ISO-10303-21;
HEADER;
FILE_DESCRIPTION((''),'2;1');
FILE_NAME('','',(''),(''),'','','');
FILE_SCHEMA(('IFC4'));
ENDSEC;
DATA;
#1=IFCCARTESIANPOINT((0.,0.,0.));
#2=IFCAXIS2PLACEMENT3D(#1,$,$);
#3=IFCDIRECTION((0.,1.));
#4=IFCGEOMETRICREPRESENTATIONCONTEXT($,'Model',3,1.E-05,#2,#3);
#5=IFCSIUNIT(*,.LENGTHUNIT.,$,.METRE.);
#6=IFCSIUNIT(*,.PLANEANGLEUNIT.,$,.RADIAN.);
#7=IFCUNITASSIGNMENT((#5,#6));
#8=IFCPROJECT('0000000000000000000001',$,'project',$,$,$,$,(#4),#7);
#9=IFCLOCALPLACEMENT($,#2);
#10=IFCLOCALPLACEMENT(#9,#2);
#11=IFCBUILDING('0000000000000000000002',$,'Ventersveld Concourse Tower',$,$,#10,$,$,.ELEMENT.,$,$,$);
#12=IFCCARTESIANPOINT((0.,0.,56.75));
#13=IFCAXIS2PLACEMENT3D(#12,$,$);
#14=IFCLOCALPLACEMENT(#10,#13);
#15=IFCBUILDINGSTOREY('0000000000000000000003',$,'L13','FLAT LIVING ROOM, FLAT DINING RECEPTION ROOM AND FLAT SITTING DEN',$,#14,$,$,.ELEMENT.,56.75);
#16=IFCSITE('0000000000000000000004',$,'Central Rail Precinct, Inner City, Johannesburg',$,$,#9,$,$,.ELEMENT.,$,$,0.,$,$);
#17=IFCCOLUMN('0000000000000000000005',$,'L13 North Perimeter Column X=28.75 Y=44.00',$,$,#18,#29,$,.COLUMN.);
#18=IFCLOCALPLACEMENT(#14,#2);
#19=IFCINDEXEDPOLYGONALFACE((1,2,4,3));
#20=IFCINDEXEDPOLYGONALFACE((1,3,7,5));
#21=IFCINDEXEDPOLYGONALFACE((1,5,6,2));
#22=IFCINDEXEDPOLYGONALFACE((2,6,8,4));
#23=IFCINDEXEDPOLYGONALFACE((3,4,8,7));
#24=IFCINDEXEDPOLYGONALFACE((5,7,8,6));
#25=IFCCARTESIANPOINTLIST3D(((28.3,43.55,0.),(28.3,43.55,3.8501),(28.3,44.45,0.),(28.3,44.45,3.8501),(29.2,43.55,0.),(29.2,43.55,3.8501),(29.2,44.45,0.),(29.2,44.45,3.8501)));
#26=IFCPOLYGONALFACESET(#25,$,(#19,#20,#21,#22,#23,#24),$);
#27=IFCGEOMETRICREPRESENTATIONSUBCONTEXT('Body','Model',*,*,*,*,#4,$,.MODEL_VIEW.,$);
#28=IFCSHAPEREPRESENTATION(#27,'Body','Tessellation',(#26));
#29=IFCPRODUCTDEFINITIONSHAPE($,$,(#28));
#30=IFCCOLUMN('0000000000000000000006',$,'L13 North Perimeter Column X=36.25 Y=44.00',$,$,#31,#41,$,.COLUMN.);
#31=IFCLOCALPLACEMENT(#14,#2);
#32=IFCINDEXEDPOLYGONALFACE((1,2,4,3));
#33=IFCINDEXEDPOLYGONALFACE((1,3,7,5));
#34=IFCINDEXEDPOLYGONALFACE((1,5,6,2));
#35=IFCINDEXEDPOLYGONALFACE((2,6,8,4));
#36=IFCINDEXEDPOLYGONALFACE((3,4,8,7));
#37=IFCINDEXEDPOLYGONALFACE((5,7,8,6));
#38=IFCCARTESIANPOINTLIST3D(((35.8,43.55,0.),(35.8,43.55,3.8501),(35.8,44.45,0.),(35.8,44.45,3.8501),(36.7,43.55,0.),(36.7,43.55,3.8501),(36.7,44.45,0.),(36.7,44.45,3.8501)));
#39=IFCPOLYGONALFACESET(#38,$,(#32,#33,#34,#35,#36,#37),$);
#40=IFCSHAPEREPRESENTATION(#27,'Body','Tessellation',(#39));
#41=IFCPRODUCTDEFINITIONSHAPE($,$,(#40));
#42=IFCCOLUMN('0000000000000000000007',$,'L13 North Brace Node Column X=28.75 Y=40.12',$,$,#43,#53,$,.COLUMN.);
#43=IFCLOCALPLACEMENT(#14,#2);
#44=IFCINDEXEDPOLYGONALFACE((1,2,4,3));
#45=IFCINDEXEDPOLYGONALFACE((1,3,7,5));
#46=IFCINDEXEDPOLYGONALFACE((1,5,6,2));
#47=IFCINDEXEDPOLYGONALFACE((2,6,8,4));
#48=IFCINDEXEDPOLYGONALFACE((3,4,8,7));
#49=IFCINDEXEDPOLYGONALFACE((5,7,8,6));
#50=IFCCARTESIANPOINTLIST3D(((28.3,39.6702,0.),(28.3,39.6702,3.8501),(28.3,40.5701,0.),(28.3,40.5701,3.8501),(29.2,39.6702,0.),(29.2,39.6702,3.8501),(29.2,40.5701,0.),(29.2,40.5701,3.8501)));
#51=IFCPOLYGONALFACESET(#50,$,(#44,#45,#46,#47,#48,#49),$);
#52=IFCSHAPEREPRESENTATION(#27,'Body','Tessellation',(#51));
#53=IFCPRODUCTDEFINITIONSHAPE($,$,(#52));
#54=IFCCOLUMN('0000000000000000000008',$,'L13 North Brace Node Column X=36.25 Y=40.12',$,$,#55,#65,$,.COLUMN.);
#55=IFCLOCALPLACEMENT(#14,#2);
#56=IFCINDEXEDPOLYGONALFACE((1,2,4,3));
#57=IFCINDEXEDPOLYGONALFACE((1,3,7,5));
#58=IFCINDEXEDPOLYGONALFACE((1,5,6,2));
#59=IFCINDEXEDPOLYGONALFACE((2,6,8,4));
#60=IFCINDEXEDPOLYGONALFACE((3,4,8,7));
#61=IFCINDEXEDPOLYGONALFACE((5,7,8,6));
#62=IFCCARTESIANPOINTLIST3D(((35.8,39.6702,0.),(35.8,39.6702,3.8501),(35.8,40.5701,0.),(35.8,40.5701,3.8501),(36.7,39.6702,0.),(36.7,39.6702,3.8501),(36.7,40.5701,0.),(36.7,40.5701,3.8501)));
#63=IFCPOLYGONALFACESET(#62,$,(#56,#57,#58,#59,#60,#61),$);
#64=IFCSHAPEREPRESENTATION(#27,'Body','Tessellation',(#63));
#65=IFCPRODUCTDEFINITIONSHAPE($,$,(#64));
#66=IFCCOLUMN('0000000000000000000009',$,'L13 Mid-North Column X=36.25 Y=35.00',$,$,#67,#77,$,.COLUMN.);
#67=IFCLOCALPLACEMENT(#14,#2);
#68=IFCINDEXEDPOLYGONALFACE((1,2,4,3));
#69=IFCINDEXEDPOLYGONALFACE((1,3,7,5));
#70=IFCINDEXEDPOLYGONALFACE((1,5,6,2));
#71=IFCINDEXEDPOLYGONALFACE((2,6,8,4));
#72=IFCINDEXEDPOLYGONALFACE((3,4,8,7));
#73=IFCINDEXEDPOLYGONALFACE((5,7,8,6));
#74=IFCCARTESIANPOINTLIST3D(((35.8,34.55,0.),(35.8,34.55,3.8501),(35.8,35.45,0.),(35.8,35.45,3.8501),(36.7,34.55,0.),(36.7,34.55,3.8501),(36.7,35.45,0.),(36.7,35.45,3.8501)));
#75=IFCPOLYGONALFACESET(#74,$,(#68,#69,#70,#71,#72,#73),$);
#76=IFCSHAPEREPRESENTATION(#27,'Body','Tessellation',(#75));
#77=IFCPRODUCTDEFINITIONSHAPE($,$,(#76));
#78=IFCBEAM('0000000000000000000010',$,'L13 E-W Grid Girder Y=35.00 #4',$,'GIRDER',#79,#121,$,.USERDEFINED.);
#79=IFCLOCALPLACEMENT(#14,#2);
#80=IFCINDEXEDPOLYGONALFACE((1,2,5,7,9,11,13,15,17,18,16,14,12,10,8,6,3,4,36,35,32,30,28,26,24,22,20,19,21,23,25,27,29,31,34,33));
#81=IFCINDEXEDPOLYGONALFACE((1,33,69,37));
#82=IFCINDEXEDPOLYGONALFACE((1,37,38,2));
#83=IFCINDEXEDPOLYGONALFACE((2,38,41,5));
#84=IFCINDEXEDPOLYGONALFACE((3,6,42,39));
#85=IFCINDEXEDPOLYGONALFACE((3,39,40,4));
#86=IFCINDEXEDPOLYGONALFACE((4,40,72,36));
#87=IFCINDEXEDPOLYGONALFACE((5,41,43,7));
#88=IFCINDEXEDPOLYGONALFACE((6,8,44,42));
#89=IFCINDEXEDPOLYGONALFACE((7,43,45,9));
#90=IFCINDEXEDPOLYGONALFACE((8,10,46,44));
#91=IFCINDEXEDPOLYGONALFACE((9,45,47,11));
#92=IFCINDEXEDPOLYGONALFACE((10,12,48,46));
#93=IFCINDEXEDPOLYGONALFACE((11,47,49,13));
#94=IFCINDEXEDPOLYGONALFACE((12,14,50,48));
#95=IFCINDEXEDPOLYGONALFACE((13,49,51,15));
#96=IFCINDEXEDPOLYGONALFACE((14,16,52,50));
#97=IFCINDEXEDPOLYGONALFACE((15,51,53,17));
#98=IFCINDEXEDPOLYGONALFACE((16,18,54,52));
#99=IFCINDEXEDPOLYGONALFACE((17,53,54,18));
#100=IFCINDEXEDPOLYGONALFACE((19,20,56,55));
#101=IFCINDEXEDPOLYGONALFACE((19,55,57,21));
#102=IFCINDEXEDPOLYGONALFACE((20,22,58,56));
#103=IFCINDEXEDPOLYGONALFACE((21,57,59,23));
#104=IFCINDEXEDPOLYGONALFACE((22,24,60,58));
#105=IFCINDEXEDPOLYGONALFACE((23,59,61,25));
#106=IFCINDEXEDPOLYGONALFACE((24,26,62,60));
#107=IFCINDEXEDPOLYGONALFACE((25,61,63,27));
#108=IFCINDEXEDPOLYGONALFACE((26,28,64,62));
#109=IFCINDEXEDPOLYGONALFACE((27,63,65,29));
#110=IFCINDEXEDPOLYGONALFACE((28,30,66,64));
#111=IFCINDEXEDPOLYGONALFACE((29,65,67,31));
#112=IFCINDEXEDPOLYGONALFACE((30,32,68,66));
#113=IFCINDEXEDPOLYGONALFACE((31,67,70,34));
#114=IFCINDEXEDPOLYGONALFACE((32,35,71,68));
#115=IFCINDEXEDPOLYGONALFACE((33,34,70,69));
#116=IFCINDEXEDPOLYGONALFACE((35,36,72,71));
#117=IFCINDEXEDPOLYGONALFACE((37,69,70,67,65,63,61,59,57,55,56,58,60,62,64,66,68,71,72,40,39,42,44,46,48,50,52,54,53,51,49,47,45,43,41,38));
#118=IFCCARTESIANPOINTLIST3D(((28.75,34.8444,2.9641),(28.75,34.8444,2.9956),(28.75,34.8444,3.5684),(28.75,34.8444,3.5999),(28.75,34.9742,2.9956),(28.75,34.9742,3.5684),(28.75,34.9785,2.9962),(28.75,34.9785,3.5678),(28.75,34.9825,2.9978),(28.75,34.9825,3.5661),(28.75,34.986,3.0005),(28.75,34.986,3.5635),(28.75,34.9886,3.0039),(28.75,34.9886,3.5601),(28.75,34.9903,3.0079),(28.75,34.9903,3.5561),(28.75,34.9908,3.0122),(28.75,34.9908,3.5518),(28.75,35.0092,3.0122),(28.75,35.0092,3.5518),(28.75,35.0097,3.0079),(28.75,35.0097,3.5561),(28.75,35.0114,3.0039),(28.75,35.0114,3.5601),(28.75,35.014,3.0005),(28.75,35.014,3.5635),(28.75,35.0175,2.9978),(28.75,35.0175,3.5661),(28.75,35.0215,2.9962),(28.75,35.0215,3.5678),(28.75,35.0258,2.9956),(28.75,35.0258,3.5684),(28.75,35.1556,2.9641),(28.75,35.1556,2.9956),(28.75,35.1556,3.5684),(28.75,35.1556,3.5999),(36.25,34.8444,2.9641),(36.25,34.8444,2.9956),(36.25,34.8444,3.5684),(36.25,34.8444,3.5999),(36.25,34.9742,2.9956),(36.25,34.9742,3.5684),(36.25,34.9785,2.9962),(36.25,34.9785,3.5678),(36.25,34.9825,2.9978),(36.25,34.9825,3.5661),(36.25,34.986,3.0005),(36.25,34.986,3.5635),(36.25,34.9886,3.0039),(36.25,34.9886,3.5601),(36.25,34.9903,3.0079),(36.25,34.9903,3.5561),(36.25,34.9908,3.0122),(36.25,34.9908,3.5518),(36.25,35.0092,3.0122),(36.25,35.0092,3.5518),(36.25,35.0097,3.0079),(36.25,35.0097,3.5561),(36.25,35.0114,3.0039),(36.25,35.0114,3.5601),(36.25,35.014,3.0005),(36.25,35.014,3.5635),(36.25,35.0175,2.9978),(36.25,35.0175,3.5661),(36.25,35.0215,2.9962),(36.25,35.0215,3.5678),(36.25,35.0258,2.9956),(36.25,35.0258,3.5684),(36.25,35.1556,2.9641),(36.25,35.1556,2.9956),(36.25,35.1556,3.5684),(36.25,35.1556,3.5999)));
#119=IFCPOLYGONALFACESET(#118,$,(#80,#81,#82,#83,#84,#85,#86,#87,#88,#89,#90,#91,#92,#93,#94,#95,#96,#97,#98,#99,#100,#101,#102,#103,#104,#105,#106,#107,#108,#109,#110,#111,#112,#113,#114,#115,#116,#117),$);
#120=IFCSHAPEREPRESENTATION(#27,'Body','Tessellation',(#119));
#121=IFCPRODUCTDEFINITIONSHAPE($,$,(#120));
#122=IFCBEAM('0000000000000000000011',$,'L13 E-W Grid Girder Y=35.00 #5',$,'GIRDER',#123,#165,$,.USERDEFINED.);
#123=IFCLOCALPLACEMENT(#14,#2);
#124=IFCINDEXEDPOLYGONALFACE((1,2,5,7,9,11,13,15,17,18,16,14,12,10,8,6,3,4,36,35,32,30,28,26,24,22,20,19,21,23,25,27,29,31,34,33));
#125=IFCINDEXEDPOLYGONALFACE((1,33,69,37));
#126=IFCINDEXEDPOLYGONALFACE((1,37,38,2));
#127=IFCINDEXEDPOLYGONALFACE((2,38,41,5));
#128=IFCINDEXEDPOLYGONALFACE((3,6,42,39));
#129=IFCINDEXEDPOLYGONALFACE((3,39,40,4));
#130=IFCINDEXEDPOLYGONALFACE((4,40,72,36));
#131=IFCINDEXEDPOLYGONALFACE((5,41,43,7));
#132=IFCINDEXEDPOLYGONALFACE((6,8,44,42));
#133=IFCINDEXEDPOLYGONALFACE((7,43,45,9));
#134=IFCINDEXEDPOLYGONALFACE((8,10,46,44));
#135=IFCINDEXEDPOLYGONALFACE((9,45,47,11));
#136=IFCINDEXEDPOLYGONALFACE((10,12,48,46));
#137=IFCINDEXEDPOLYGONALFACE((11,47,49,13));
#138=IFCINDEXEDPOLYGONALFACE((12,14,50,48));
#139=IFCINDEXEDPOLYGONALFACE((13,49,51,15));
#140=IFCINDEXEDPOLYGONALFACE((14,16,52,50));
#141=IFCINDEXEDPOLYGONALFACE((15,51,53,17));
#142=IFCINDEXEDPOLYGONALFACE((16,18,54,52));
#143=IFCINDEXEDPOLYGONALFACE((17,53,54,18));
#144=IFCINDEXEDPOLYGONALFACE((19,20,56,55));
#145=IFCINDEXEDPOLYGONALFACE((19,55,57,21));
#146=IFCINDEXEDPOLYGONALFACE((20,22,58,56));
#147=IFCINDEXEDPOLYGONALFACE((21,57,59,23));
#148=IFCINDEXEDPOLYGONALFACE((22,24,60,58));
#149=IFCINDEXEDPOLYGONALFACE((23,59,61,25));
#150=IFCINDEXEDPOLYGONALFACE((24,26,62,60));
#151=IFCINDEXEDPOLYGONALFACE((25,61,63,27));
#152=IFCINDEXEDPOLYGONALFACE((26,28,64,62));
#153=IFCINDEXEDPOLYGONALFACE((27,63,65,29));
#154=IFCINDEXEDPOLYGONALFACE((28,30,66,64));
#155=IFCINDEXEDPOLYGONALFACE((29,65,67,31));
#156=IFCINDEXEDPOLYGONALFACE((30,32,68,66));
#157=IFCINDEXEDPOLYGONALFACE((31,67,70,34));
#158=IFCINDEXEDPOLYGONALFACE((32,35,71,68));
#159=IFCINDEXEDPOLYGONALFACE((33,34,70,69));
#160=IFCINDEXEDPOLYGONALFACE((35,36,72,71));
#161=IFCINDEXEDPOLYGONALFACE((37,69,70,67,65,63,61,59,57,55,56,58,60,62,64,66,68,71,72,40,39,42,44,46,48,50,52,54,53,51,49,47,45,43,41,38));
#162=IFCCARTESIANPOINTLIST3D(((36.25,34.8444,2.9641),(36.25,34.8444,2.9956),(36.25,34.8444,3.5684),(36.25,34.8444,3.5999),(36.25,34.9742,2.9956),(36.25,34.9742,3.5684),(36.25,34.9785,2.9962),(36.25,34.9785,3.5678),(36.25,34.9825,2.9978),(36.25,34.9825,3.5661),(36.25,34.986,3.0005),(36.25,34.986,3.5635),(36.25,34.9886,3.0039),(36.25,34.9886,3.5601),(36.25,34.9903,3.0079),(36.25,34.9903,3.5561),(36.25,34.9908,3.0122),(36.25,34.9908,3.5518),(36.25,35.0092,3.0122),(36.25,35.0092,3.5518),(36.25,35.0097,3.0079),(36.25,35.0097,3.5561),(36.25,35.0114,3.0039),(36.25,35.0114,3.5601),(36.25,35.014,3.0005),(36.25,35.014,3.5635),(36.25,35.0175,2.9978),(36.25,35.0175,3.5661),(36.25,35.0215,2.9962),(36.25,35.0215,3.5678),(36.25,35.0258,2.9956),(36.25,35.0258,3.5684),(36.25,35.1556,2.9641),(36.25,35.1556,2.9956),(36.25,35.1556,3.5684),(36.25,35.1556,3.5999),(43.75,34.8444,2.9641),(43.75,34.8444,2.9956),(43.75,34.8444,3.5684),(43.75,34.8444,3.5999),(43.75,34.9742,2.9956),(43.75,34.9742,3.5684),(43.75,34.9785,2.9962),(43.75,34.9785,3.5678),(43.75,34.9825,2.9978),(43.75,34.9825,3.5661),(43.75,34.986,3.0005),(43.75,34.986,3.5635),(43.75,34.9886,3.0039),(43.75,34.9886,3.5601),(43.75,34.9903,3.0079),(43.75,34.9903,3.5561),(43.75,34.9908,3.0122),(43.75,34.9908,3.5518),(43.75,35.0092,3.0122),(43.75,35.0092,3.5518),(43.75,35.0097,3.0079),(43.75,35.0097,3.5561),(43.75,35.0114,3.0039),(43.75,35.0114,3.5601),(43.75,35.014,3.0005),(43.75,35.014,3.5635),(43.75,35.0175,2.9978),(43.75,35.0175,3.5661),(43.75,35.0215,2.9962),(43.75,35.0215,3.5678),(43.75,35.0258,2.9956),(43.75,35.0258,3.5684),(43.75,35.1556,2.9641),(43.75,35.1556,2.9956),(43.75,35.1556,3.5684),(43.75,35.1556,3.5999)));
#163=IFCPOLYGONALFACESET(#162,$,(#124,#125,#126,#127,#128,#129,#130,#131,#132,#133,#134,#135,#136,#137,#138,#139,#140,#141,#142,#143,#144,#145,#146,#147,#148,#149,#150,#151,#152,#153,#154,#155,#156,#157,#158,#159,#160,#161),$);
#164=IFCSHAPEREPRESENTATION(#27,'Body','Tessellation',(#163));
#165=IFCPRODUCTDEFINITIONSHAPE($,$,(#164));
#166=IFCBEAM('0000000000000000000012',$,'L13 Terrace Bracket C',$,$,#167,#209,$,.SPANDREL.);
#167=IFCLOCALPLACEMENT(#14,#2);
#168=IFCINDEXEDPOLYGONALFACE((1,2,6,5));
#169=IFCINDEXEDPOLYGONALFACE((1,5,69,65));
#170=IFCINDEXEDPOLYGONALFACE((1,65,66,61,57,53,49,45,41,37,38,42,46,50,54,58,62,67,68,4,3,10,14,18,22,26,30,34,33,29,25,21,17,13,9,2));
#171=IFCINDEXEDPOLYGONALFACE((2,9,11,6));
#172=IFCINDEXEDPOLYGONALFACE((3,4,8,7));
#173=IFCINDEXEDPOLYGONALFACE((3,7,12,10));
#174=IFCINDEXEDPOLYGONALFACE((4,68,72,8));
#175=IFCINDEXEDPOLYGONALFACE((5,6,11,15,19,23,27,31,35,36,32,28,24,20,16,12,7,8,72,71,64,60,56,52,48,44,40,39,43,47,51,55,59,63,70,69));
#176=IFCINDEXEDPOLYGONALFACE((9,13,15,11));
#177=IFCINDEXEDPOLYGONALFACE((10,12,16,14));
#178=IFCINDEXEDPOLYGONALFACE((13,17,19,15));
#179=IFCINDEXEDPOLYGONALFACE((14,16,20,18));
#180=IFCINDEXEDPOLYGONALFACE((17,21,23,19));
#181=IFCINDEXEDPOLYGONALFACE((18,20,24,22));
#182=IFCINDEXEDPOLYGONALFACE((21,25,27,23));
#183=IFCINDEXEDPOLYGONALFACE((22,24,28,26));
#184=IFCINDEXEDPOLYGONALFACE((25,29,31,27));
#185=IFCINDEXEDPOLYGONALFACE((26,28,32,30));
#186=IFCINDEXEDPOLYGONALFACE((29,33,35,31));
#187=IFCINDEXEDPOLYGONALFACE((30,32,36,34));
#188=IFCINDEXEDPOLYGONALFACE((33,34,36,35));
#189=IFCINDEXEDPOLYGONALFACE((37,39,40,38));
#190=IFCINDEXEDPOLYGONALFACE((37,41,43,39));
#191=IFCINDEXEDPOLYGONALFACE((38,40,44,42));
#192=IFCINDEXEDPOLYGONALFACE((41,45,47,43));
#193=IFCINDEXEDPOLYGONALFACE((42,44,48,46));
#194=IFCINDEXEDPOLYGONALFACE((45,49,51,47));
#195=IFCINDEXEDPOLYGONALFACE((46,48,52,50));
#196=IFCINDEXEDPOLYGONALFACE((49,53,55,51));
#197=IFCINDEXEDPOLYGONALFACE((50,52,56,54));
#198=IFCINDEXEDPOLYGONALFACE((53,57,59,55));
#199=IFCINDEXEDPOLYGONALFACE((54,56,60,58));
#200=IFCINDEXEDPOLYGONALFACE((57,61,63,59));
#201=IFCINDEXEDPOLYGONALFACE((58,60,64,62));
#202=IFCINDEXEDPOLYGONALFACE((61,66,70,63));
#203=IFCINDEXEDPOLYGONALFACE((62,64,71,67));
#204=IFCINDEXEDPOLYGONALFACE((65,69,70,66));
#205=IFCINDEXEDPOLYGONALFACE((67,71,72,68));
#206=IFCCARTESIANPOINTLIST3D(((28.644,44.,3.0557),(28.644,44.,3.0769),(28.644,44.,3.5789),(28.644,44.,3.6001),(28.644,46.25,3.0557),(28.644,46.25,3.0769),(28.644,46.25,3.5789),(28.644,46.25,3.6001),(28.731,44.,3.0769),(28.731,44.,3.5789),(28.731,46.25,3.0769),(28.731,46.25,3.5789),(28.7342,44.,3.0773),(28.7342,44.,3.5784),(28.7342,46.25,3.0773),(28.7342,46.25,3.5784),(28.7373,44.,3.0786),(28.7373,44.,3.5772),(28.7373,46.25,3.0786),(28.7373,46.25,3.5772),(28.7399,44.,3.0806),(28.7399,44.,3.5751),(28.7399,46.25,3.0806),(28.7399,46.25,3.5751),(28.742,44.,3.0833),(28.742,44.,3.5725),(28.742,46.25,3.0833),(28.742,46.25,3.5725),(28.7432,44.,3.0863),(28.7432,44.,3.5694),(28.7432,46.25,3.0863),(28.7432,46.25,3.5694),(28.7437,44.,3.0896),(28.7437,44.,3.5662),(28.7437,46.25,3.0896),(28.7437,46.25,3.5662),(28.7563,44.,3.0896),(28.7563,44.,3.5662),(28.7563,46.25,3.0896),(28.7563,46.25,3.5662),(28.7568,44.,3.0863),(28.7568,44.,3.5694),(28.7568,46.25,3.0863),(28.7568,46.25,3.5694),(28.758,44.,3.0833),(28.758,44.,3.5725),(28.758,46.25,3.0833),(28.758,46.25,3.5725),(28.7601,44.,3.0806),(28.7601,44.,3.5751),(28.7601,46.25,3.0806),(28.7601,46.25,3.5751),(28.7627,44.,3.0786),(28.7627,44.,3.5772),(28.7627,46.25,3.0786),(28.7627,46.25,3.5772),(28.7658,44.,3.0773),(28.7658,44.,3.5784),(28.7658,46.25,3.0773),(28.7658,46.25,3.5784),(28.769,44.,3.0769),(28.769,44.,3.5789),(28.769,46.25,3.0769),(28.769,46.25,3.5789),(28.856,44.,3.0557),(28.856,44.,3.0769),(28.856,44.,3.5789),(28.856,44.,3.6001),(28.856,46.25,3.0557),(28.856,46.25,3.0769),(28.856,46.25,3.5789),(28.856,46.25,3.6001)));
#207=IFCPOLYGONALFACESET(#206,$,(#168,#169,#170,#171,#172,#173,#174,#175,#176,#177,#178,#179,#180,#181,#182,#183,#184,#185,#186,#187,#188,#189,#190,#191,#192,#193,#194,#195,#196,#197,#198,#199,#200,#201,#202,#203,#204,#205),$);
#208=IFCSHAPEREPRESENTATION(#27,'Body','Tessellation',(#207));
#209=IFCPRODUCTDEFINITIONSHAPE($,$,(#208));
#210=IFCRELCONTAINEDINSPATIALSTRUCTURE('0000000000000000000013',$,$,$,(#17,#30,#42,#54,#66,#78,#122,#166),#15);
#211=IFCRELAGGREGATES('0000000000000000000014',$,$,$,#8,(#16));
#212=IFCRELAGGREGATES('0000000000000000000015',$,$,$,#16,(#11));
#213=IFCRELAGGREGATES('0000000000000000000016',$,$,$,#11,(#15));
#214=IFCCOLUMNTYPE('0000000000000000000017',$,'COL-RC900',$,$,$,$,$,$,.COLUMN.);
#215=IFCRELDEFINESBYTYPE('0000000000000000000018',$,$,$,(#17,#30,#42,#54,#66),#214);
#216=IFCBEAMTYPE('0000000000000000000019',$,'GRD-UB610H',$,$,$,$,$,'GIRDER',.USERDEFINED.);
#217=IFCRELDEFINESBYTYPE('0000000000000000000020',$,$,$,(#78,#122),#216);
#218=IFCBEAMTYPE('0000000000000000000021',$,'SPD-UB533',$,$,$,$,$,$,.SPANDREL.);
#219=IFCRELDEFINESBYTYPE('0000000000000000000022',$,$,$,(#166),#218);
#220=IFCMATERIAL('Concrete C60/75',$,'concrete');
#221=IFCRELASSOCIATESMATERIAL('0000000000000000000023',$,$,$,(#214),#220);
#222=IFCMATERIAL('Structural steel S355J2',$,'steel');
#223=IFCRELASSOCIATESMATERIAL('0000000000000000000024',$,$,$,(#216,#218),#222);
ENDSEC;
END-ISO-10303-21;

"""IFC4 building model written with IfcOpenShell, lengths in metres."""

from ifc_helpers import new_model, si_unit, direction, frame, origin, origin_2d, place, context, subcontext, project, spatial, rectangle, i_section, extrude, material, material_profile, profile_set, type_object, element, save


model = new_model("IFC4")

# Units and contexts
model_context = context("Model", 3, precision=1e-05, world=origin(), true_north=direction((0.0, 1.0)))
body_context = subcontext(model_context, "Body", "Model", "MODEL_VIEW")
ifc_project = project(units=[si_unit("LENGTHUNIT", "METRE"), si_unit("PLANEANGLEUNIT", "RADIAN")], contexts=[model_context])

# Site, building, storey
site_placement = place(None, origin())
site = spatial("IfcSite", under=ifc_project, at=site_placement, Name="Central Rail Precinct, Inner City, Johannesburg", CompositionType="ELEMENT", RefElevation=0.0)
building_placement = place(site_placement, origin())
building = spatial("IfcBuilding", under=site, at=building_placement, Name="Ventersveld Concourse Tower", CompositionType="ELEMENT")
storey_placement = place(building_placement, frame((0.0, 0.0, 56.75)))
storey = spatial("IfcBuildingStorey", under=building, at=storey_placement, Name="L13", Description="FLAT LIVING ROOM, FLAT DINING RECEPTION ROOM AND FLAT SITTING DEN", CompositionType="ELEMENT", Elevation=56.75)

# Columns
ifc_material_1 = material(Name="Concrete C60/75", Category="concrete")
ifc_material_profile_1 = material_profile(ifc_material_1, rectangle(XDim=0.8999, YDim=0.8999, at=origin_2d()), Name="RC 900x900")
ifc_profile_set_1 = profile_set([ifc_material_profile_1], Name="Concrete C60/75")
column_type = type_object("IfcColumnType", Name="COL-RC900", PredefinedType="COLUMN", material=ifc_profile_set_1)
for number, where, z_axis, x_axis, name in (
    (1, (28.75, 44.0, 0.0), (0.0, 0.0, 1.0), (1.0, 0.0, 0.0), "L13 North Perimeter Column X=28.75 Y=44.00"),
    (2, (36.25, 44.0, 0.0), (0.0, 0.0, 1.0), (1.0, 0.0, 0.0), "L13 North Perimeter Column X=36.25 Y=44.00"),
    (3, (28.75, 40.1201, 0.0), (0.0, 0.0, 1.0), (1.0, 0.0, 0.0), "L13 North Brace Node Column X=28.75 Y=40.12"),
    (4, (36.25, 40.1201, 0.0), (0.0, 0.0, 1.0), (1.0, 0.0, 0.0), "L13 North Brace Node Column X=36.25 Y=40.12"),
    (5, (36.25, 35.0, 0.0), (0.0, 0.0, 1.0), (1.0, 0.0, 0.0), "L13 Mid-North Column X=36.25 Y=35.00"),
):
    element("IfcColumn", number, at=place(storey_placement, frame(where, z_axis=z_axis, x_axis=x_axis)), inside=storey, type_object=column_type, Name=name, PredefinedType="COLUMN", context=body_context, shape_type="SweptSolid", body=[
        extrude(rectangle(XDim=0.8999, YDim=0.8999, at=origin_2d()), origin(), (0.0, 0.0, 1.0), 3.8501),
    ])

# Beams
ifc_material_2 = material(Name="Structural steel S355J2", Category="steel")
ifc_material_profile_2 = material_profile(ifc_material_2, i_section(OverallWidth=0.3113, OverallDepth=0.6357, WebThickness=0.0183, FlangeThickness=0.0315, FilletRadius=0.0166, at=origin_2d()), Name="UB 610x305x238")
ifc_profile_set_2 = profile_set([ifc_material_profile_2], Name="Structural steel S355J2")
beam_type_1 = type_object("IfcBeamType", Name="GRD-UB610H", ElementType="GIRDER", PredefinedType="USERDEFINED", material=ifc_profile_set_2)
for number, where, z_axis, x_axis, name in (
    (6, (28.75, 35.0, 3.282), (1.0, 0.0, 0.0), (0.0, 1.0, 0.0), "L13 E-W Grid Girder Y=35.00 #4"),
    (7, (36.25, 35.0, 3.282), (1.0, 0.0, 0.0), (0.0, 1.0, 0.0), "L13 E-W Grid Girder Y=35.00 #5"),
):
    element("IfcBeam", number, at=place(storey_placement, frame(where, z_axis=z_axis, x_axis=x_axis)), inside=storey, type_object=beam_type_1, Name=name, ObjectType="GIRDER", PredefinedType="USERDEFINED", context=body_context, shape_type="SweptSolid", body=[
        extrude(i_section(OverallWidth=0.3113, OverallDepth=0.6357, WebThickness=0.0183, FlangeThickness=0.0315, FilletRadius=0.0166, at=origin_2d()), origin(), (0.0, 0.0, 1.0), 7.5),
    ])
ifc_material_profile_3 = material_profile(ifc_material_2, i_section(OverallWidth=0.2119, OverallDepth=0.5444, WebThickness=0.0127, FlangeThickness=0.0212, FilletRadius=0.0127, at=origin_2d()), Name="UB 533x210x122")
ifc_profile_set_3 = profile_set([ifc_material_profile_3], Name="Structural steel S355J2")
beam_type_2 = type_object("IfcBeamType", Name="SPD-UB533", PredefinedType="SPANDREL", material=ifc_profile_set_3)
for number, where, z_axis, x_axis, name in (
    (8, (28.75, 44.0, 3.3279), (0.0, 1.0, 0.0), (-1.0, 0.0, 0.0), "L13 Terrace Bracket C"),
):
    element("IfcBeam", number, at=place(storey_placement, frame(where, z_axis=z_axis, x_axis=x_axis)), inside=storey, type_object=beam_type_2, Name=name, PredefinedType="SPANDREL", context=body_context, shape_type="SweptSolid", body=[
        extrude(i_section(OverallWidth=0.2119, OverallDepth=0.5444, WebThickness=0.0127, FlangeThickness=0.0212, FilletRadius=0.0127, at=origin_2d()), origin(), (0.0, 0.0, 1.0), 2.25),
    ])

save(model, "model.ifc")
